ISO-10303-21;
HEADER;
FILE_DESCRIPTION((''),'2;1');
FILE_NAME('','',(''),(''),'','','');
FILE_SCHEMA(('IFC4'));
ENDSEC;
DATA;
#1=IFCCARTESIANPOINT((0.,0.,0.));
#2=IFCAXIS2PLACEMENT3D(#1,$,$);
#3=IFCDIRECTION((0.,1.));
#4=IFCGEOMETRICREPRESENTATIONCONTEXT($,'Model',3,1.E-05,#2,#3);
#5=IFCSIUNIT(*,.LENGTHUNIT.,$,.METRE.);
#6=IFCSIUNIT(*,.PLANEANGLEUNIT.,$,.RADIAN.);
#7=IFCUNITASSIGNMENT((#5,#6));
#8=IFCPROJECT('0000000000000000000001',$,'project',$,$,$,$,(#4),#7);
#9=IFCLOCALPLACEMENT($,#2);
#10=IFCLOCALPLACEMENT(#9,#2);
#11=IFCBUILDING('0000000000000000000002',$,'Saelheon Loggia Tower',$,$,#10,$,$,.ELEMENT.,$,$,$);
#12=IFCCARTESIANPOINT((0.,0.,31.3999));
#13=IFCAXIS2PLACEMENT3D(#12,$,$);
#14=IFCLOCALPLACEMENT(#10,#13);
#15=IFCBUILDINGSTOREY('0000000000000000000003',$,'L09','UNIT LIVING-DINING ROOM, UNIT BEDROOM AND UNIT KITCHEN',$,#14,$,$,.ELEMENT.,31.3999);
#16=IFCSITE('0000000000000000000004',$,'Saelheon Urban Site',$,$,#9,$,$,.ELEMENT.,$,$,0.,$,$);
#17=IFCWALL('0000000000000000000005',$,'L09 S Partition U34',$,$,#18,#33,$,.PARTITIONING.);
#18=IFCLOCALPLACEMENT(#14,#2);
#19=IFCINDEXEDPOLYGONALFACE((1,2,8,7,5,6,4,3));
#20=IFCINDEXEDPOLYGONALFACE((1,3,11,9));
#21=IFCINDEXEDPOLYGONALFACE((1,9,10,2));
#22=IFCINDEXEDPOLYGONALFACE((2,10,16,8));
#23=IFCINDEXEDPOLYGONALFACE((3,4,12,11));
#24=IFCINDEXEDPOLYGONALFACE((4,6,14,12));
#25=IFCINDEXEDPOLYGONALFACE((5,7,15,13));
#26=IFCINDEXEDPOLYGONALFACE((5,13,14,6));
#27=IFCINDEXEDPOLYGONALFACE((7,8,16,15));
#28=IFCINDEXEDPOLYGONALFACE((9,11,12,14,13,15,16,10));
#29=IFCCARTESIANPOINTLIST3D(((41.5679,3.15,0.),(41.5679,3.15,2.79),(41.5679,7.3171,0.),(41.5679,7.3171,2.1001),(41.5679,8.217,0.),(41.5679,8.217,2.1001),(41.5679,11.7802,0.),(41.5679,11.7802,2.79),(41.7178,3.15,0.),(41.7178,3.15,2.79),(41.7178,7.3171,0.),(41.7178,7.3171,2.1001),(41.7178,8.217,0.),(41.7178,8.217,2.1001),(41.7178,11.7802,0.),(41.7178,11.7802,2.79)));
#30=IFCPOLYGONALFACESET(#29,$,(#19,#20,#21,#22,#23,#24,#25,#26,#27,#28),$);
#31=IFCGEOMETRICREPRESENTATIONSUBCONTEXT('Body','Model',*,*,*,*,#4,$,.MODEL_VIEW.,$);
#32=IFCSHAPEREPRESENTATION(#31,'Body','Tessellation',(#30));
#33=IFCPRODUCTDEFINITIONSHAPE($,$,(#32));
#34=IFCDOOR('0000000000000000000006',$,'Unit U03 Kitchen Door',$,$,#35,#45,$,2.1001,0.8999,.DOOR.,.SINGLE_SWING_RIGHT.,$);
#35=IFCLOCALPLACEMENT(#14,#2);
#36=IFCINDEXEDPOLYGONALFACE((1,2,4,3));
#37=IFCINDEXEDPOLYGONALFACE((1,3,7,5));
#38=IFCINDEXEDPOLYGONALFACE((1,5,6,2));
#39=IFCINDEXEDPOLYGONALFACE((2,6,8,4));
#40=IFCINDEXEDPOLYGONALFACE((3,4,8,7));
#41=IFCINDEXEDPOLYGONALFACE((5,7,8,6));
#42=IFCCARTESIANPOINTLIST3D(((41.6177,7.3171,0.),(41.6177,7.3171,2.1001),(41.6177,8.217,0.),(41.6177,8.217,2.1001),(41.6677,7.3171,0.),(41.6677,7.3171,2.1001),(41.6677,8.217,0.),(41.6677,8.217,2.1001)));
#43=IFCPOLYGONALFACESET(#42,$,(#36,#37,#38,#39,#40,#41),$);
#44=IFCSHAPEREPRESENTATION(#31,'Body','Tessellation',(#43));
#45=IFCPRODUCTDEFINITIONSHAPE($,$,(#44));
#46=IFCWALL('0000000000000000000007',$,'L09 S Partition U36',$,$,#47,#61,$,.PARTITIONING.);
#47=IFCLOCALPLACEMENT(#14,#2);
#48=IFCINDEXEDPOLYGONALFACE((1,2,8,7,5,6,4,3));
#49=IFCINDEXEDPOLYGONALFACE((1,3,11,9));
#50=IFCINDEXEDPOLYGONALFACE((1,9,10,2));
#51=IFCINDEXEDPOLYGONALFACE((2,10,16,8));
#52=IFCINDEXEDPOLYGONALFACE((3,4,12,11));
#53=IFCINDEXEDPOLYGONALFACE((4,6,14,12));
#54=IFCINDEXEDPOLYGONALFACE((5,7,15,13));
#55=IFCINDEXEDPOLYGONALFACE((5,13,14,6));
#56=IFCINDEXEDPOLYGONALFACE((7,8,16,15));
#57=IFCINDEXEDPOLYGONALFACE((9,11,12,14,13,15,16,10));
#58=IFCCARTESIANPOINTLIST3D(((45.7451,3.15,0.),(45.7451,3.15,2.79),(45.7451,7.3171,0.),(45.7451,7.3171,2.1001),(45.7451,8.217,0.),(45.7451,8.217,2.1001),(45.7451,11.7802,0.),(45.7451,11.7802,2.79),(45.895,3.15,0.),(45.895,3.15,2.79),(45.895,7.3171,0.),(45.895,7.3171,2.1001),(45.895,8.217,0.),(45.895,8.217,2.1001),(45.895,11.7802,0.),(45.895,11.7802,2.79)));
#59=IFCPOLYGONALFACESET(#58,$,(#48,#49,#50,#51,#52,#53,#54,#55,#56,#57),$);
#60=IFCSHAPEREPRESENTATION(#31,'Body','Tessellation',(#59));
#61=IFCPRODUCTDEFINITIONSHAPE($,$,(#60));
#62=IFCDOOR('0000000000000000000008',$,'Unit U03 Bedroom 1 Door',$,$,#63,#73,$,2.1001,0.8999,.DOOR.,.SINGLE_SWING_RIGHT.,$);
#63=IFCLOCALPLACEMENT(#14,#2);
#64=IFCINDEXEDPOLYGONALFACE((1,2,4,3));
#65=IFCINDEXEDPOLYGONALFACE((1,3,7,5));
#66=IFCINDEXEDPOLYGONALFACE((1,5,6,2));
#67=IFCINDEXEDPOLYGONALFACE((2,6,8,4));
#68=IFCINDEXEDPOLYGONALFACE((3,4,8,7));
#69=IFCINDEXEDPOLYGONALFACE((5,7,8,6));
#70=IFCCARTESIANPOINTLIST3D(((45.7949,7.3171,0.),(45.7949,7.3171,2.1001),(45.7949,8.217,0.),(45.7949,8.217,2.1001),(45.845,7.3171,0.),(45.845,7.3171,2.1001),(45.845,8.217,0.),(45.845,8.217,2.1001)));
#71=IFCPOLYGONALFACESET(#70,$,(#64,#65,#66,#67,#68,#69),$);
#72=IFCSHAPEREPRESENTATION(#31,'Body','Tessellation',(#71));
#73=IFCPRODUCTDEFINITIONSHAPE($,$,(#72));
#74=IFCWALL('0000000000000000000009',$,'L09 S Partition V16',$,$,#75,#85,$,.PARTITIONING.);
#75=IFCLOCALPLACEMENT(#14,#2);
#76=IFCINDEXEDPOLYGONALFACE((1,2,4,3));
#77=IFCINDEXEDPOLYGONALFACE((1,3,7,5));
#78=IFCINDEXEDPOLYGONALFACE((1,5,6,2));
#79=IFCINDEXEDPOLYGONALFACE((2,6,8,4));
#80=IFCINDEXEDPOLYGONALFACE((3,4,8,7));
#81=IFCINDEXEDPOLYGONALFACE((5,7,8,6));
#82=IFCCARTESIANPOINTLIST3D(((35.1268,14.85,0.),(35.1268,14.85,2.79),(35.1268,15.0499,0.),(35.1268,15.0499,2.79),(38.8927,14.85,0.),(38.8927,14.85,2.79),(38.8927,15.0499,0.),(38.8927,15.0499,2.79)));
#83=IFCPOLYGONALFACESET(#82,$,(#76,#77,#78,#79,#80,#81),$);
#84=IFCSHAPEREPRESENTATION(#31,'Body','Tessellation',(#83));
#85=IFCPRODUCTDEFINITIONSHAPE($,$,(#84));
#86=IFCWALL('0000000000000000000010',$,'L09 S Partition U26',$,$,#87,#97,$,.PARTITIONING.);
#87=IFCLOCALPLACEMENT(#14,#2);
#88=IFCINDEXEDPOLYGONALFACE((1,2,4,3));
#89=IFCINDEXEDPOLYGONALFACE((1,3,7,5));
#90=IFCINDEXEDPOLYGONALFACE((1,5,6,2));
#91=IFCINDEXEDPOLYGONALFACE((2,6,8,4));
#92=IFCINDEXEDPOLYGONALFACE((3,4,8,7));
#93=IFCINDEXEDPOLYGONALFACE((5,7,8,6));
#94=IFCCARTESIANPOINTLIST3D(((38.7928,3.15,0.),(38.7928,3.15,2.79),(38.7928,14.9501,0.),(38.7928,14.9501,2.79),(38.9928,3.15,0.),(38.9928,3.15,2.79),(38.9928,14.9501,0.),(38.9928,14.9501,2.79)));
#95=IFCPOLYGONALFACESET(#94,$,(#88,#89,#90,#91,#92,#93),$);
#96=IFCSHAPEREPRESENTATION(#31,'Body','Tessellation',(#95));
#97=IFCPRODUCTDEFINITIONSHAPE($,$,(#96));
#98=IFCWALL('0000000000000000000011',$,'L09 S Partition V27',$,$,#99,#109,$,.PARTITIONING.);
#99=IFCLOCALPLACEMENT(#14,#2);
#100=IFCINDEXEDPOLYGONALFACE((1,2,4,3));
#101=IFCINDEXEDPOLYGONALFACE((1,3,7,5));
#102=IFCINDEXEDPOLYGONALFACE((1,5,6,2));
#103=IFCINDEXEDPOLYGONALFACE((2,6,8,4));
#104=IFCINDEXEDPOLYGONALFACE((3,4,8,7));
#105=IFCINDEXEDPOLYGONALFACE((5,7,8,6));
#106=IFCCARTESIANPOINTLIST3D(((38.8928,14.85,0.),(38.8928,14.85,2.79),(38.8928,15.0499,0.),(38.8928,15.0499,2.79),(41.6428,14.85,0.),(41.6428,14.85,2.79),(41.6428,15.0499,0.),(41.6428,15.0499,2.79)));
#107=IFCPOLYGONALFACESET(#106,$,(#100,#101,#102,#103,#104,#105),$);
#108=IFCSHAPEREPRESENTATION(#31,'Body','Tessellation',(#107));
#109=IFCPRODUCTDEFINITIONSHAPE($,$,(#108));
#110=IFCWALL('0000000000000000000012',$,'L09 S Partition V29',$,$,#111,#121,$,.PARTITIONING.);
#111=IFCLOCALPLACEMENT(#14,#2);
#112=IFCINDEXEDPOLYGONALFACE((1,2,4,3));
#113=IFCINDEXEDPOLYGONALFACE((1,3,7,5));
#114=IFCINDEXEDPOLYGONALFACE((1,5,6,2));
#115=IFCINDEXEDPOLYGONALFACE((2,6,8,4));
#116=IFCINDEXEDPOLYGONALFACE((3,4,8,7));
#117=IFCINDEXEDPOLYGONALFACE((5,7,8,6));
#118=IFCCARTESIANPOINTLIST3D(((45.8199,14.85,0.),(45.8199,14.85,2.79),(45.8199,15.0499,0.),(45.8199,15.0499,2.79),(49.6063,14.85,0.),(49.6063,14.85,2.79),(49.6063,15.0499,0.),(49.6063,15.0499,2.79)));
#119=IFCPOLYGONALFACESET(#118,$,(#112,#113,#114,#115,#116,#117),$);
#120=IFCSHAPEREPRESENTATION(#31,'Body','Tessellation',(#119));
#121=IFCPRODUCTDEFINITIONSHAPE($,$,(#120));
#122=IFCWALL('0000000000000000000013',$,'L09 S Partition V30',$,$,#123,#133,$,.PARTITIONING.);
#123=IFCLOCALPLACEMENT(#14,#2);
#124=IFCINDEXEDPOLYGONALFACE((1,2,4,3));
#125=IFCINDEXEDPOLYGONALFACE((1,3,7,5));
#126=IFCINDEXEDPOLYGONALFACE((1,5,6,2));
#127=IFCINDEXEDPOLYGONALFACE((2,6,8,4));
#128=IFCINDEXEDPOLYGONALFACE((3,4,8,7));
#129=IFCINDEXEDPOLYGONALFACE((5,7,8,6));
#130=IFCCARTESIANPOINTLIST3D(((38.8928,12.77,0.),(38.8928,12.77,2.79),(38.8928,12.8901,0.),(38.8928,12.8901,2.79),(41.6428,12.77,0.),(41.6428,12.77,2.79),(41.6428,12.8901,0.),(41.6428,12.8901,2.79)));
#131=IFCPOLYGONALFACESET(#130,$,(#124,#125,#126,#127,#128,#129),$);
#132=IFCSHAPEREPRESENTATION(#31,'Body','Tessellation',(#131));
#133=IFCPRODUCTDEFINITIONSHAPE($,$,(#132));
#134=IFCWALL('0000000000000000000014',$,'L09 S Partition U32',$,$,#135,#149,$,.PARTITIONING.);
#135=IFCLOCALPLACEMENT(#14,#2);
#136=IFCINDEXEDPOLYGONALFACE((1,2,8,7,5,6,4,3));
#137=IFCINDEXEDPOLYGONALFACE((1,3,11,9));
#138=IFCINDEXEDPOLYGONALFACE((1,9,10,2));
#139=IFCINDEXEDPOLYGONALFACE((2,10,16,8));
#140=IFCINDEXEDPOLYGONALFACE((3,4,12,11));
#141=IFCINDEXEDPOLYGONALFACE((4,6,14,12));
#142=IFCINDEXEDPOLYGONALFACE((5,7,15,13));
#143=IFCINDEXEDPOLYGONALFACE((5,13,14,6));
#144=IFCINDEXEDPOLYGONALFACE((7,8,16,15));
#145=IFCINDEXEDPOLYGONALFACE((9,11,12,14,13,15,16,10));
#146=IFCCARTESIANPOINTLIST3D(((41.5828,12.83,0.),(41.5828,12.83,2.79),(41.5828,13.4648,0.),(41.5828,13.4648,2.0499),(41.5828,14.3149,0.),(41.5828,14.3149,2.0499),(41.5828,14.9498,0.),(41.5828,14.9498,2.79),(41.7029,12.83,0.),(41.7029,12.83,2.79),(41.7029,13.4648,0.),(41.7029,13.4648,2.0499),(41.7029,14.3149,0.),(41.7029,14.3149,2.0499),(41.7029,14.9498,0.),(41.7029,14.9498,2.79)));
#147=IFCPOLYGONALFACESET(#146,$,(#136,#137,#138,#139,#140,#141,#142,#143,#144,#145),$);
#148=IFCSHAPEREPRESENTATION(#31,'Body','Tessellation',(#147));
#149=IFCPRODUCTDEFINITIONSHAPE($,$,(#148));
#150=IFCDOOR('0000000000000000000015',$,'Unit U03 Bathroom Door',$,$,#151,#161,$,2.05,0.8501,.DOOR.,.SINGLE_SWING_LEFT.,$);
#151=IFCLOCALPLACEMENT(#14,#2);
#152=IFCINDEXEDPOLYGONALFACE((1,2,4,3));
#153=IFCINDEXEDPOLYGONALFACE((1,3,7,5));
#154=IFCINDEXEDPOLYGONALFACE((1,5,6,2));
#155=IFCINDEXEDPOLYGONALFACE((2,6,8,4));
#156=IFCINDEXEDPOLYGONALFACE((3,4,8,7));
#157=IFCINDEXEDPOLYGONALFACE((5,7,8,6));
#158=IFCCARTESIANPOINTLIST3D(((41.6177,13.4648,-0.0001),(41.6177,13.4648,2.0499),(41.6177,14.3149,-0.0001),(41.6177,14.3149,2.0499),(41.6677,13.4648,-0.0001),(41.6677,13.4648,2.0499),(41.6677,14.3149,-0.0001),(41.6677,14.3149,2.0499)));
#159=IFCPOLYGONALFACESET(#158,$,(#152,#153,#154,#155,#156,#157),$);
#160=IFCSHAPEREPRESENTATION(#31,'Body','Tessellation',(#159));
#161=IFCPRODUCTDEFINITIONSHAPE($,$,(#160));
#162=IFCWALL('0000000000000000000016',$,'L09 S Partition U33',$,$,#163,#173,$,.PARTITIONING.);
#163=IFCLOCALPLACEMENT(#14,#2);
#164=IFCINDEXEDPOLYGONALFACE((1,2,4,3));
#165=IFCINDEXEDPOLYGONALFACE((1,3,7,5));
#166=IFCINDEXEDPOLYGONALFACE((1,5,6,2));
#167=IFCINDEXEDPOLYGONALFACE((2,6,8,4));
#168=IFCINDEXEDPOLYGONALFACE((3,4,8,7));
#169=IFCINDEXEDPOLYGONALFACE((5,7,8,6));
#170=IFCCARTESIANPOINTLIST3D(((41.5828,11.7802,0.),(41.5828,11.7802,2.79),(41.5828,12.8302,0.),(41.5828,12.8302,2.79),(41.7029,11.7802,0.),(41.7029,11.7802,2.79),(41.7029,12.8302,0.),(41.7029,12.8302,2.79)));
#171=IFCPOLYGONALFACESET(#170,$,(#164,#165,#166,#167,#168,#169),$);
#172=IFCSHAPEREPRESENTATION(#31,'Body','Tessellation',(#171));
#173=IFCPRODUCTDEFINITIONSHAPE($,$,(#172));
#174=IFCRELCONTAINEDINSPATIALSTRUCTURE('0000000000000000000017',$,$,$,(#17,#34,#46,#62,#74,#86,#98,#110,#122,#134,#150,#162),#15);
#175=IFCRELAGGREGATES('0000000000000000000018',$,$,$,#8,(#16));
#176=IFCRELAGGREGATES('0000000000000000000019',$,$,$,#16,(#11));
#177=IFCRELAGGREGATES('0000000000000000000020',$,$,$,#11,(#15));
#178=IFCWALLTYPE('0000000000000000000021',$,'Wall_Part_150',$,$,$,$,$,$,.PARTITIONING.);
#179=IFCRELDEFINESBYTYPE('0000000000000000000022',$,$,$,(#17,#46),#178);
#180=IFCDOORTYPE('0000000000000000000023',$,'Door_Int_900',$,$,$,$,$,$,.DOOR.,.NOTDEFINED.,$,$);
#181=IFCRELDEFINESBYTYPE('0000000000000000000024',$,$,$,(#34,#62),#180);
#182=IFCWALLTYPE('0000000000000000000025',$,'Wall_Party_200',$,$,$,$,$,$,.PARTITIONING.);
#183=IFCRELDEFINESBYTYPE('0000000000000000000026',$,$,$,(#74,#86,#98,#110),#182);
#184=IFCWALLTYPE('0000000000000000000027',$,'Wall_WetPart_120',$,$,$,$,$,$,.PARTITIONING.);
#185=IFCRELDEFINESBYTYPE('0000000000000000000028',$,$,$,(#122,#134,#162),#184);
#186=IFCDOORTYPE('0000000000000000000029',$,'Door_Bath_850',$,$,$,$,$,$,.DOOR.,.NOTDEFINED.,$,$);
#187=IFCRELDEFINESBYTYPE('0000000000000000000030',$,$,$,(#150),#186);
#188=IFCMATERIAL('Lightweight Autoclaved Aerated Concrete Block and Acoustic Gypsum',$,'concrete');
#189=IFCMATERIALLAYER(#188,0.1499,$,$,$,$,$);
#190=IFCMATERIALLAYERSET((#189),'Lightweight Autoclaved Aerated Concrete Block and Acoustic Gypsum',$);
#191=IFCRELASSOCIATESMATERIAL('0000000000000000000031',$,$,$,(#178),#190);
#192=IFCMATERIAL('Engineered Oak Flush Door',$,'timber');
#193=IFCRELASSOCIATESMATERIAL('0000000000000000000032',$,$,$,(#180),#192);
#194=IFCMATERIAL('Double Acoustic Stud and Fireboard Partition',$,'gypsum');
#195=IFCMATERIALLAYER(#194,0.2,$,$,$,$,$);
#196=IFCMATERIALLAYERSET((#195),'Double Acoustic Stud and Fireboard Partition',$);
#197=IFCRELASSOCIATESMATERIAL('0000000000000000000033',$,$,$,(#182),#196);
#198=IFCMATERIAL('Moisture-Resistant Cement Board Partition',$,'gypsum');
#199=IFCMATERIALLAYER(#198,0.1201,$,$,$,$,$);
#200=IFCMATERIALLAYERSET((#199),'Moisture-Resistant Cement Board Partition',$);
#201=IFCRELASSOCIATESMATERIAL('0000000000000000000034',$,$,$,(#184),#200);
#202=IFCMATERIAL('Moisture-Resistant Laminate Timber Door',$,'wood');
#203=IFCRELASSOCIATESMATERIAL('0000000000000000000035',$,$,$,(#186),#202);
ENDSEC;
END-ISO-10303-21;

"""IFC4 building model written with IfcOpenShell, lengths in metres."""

from ifc_helpers import new_model, si_unit, direction, frame, frame_2d, origin, place, context, subcontext, project, spatial, rectangle, extrude, source, transform, mapped, material, layer, layer_set, type_object, element, fill, save


model = new_model("IFC4")

# Units and contexts
model_context = context("Model", 3, precision=1e-05, world=origin(), true_north=direction((0.0, 1.0)))
body_context = subcontext(model_context, "Body", "Model", "MODEL_VIEW")
ifc_project = project(units=[si_unit("LENGTHUNIT", "METRE"), si_unit("PLANEANGLEUNIT", "RADIAN")], contexts=[model_context])

# Site, building, storey
site_placement = place(None, origin())
site = spatial("IfcSite", under=ifc_project, at=site_placement, Name="Saelheon Urban Site", CompositionType="ELEMENT", RefElevation=0.0)
building_placement = place(site_placement, origin())
building = spatial("IfcBuilding", under=site, at=building_placement, Name="Saelheon Loggia Tower", CompositionType="ELEMENT")
storey_placement = place(building_placement, frame((0.0, 0.0, 31.3999)))
storey = spatial("IfcBuildingStorey", under=building, at=storey_placement, Name="L09", Description="UNIT LIVING-DINING ROOM, UNIT BEDROOM AND UNIT KITCHEN", CompositionType="ELEMENT", Elevation=31.3999)

# Shared definitions
ifc_material_1 = material(Name="Lightweight Autoclaved Aerated Concrete Block and Acoustic Gypsum", Category="concrete")
ifc_layer_1 = layer(ifc_material_1, 0.1499)
ifc_layer_set_1 = layer_set([ifc_layer_1], Name="Lightweight Autoclaved Aerated Concrete Block and Acoustic Gypsum")
wall_type_1 = type_object("IfcWallType", Name="Wall_Part_150", PredefinedType="PARTITIONING", material=ifc_layer_set_1)

# Shared definitions
ifc_material_2 = material(Name="Engineered Oak Flush Door", Category="timber")
door_type_1 = type_object("IfcDoorType", Name="Door_Int_900", OperationType="NOTDEFINED", PredefinedType="DOOR", material=ifc_material_2)
shared_shape_1 = source(origin(), body_context, "Body", "SweptSolid", [
    extrude(rectangle(XDim=0.8999, YDim=2.1001, at=frame_2d((0.45, 1.05))), frame((0.0, 0.0249, 0.0), z_axis=(0.0, -1.0, 0.0), x_axis=(1.0, 0.0, 0.0)), (0.0, 0.0, 1.0), 0.05),
])

# Walls, openings, doors
wall_1_placement = place(storey_placement, frame((41.6428, 11.78, 0.0), z_axis=(0.0, 0.0, 1.0), x_axis=(0.0, -1.0, 0.0)))
wall_1 = element("IfcWall", 1, at=wall_1_placement, inside=storey, type_object=wall_type_1, Name="L09 S Partition U34", PredefinedType="PARTITIONING", context=body_context, shape_type="SweptSolid", body=[
    extrude(rectangle(XDim=8.6301, YDim=0.1499, at=frame_2d((4.3149, 0.0))), origin(), (0.0, 0.0, 1.0), 2.79),
])
opening_1_placement = place(wall_1_placement, frame((3.563, 0.0, 0.0)))
opening_1 = element("IfcOpeningElement", 2, at=opening_1_placement, cuts=wall_1, PredefinedType="OPENING", context=body_context, shape_type="SweptSolid", body=[
    extrude(rectangle(XDim=0.8999, YDim=2.1001, at=frame_2d((0.45, 1.05))), frame((0.0, 0.0869, 0.0), z_axis=(0.0, -1.0, 0.0), x_axis=(1.0, 0.0, 0.0)), (0.0, 0.0, 1.0), 0.1738),
])
door_1_placement = place(opening_1_placement, origin())
door_1 = element("IfcDoor", 3, at=door_1_placement, inside=storey, type_object=door_type_1, Name="Unit U03 Kitchen Door", OperationType="SINGLE_SWING_RIGHT", OverallHeight=2.1001, OverallWidth=0.8999, PredefinedType="DOOR", context=body_context, shape_type="MappedRepresentation", body=[
    mapped(shared_shape_1, transform((0.0, 0.0, 0.0), scale=1.0)),
])
fill(opening_1, door_1)
wall_2_placement = place(storey_placement, frame((45.8201, 11.78, 0.0), z_axis=(0.0, 0.0, 1.0), x_axis=(0.0, -1.0, 0.0)))
wall_2 = element("IfcWall", 4, at=wall_2_placement, inside=storey, type_object=wall_type_1, Name="L09 S Partition U36", PredefinedType="PARTITIONING", context=body_context, shape_type="SweptSolid", body=[
    extrude(rectangle(XDim=8.6301, YDim=0.1499, at=frame_2d((4.3149, 0.0))), origin(), (0.0, 0.0, 1.0), 2.79),
])
opening_2_placement = place(wall_2_placement, frame((3.563, 0.0, 0.0)))
opening_2 = element("IfcOpeningElement", 5, at=opening_2_placement, cuts=wall_2, PredefinedType="OPENING", context=body_context, shape_type="SweptSolid", body=[
    extrude(rectangle(XDim=0.8999, YDim=2.1001, at=frame_2d((0.45, 1.05))), frame((0.0, 0.0869, 0.0), z_axis=(0.0, -1.0, 0.0), x_axis=(1.0, 0.0, 0.0)), (0.0, 0.0, 1.0), 0.1738),
])
door_2_placement = place(opening_2_placement, origin())
door_2 = element("IfcDoor", 6, at=door_2_placement, inside=storey, type_object=door_type_1, Name="Unit U03 Bedroom 1 Door", OperationType="SINGLE_SWING_RIGHT", OverallHeight=2.1001, OverallWidth=0.8999, PredefinedType="DOOR", context=body_context, shape_type="MappedRepresentation", body=[
    mapped(shared_shape_1, transform((0.0, 0.0, 0.0), scale=1.0)),
])
fill(opening_2, door_2)

# Walls
ifc_material_3 = material(Name="Double Acoustic Stud and Fireboard Partition", Category="gypsum")
ifc_layer_2 = layer(ifc_material_3, 0.2)
ifc_layer_set_2 = layer_set([ifc_layer_2], Name="Double Acoustic Stud and Fireboard Partition")
wall_type_2 = type_object("IfcWallType", Name="Wall_Party_200", PredefinedType="PARTITIONING", material=ifc_layer_set_2)
wall_3_placement = place(storey_placement, frame((35.127, 14.95, 0.0), z_axis=(0.0, 0.0, 1.0), x_axis=(1.0, 0.0, 0.0)))
element("IfcWall", 7, at=wall_3_placement, inside=storey, type_object=wall_type_2, Name="L09 S Partition V16", PredefinedType="PARTITIONING", context=body_context, shape_type="SweptSolid", body=[
    extrude(rectangle(XDim=3.7659, YDim=0.2, at=frame_2d((1.8828, 0.0))), origin(), (0.0, 0.0, 1.0), 2.79),
])
wall_4_placement = place(storey_placement, frame((38.8928, 14.95, 0.0), z_axis=(0.0, 0.0, 1.0), x_axis=(0.0, -1.0, 0.0)))
element("IfcWall", 8, at=wall_4_placement, inside=storey, type_object=wall_type_2, Name="L09 S Partition U26", PredefinedType="PARTITIONING", context=body_context, shape_type="SweptSolid", body=[
    extrude(rectangle(XDim=11.8, YDim=0.2, at=frame_2d((5.8999, 0.0))), origin(), (0.0, 0.0, 1.0), 2.79),
])
wall_5_placement = place(storey_placement, frame((38.8928, 14.95, 0.0), z_axis=(0.0, 0.0, 1.0), x_axis=(1.0, 0.0, 0.0)))
element("IfcWall", 9, at=wall_5_placement, inside=storey, type_object=wall_type_2, Name="L09 S Partition V27", PredefinedType="PARTITIONING", context=body_context, shape_type="SweptSolid", body=[
    extrude(rectangle(XDim=2.75, YDim=0.2, at=frame_2d((1.375, 0.0))), origin(), (0.0, 0.0, 1.0), 2.79),
])

# Walls
wall_6_placement = place(storey_placement, frame((45.8201, 14.95, 0.0), z_axis=(0.0, 0.0, 1.0), x_axis=(1.0, 0.0, 0.0)))
element("IfcWall", 10, at=wall_6_placement, inside=storey, type_object=wall_type_2, Name="L09 S Partition V29", PredefinedType="PARTITIONING", context=body_context, shape_type="SweptSolid", body=[
    extrude(rectangle(XDim=3.7864, YDim=0.2, at=frame_2d((1.8931, 0.0))), origin(), (0.0, 0.0, 1.0), 2.79),
])
ifc_material_4 = material(Name="Moisture-Resistant Cement Board Partition", Category="gypsum")
ifc_layer_3 = layer(ifc_material_4, 0.1201)
ifc_layer_set_3 = layer_set([ifc_layer_3], Name="Moisture-Resistant Cement Board Partition")
wall_type_3 = type_object("IfcWallType", Name="Wall_WetPart_120", PredefinedType="PARTITIONING", material=ifc_layer_set_3)
wall_7_placement = place(storey_placement, frame((38.8928, 12.8301, 0.0), z_axis=(0.0, 0.0, 1.0), x_axis=(1.0, 0.0, 0.0)))
element("IfcWall", 11, at=wall_7_placement, inside=storey, type_object=wall_type_3, Name="L09 S Partition V30", PredefinedType="PARTITIONING", context=body_context, shape_type="SweptSolid", body=[
    extrude(rectangle(XDim=2.75, YDim=0.1201, at=frame_2d((1.375, 0.0))), origin(), (0.0, 0.0, 1.0), 2.79),
])

# Wall, opening, door
wall_8_placement = place(storey_placement, frame((41.6428, 14.95, 0.0), z_axis=(0.0, 0.0, 1.0), x_axis=(0.0, -1.0, 0.0)))
wall_8 = element("IfcWall", 12, at=wall_8_placement, inside=storey, type_object=wall_type_3, Name="L09 S Partition U32", PredefinedType="PARTITIONING", context=body_context, shape_type="SweptSolid", body=[
    extrude(rectangle(XDim=2.1199, YDim=0.1201, at=frame_2d((1.0601, 0.0))), origin(), (0.0, 0.0, 1.0), 2.79),
])
opening_3_placement = place(wall_8_placement, frame((0.635, 0.0, 0.0)))
opening_3 = element("IfcOpeningElement", 13, at=opening_3_placement, cuts=wall_8, PredefinedType="OPENING", context=body_context, shape_type="SweptSolid", body=[
    extrude(rectangle(XDim=0.8501, YDim=2.05, at=frame_2d((0.425, 1.0249))), frame((0.0, 0.072, 0.0), z_axis=(0.0, -1.0, 0.0), x_axis=(1.0, 0.0, 0.0)), (0.0, 0.0, 1.0), 0.144),
])
ifc_material_5 = material(Name="Moisture-Resistant Laminate Timber Door", Category="wood")
door_type_2 = type_object("IfcDoorType", Name="Door_Bath_850", OperationType="NOTDEFINED", PredefinedType="DOOR", material=ifc_material_5)
shared_shape_2 = source(origin(), body_context, "Body", "SweptSolid", [
    extrude(rectangle(XDim=0.8501, YDim=2.05, at=frame_2d((0.425, 1.0249))), frame((0.0, 0.0249, 0.0), z_axis=(0.0, -1.0, 0.0), x_axis=(1.0, 0.0, 0.0)), (0.0, 0.0, 1.0), 0.05),
])
door_3_placement = place(opening_3_placement, origin())
door_3 = element("IfcDoor", 14, at=door_3_placement, inside=storey, type_object=door_type_2, Name="Unit U03 Bathroom Door", OperationType="SINGLE_SWING_LEFT", OverallHeight=2.05, OverallWidth=0.8501, PredefinedType="DOOR", context=body_context, shape_type="MappedRepresentation", body=[
    mapped(shared_shape_2, transform((0.0, 0.0, 0.0), scale=1.0)),
])
fill(opening_3, door_3)

# Wall
wall_9_placement = place(storey_placement, frame((41.6428, 12.8301, 0.0), z_axis=(0.0, 0.0, 1.0), x_axis=(0.0, -1.0, 0.0)))
element("IfcWall", 15, at=wall_9_placement, inside=storey, type_object=wall_type_3, Name="L09 S Partition U33", PredefinedType="PARTITIONING", context=body_context, shape_type="SweptSolid", body=[
    extrude(rectangle(XDim=1.05, YDim=0.1201, at=frame_2d((0.5249, 0.0))), origin(), (0.0, 0.0, 1.0), 2.79),
])

save(model, "model.ifc")
